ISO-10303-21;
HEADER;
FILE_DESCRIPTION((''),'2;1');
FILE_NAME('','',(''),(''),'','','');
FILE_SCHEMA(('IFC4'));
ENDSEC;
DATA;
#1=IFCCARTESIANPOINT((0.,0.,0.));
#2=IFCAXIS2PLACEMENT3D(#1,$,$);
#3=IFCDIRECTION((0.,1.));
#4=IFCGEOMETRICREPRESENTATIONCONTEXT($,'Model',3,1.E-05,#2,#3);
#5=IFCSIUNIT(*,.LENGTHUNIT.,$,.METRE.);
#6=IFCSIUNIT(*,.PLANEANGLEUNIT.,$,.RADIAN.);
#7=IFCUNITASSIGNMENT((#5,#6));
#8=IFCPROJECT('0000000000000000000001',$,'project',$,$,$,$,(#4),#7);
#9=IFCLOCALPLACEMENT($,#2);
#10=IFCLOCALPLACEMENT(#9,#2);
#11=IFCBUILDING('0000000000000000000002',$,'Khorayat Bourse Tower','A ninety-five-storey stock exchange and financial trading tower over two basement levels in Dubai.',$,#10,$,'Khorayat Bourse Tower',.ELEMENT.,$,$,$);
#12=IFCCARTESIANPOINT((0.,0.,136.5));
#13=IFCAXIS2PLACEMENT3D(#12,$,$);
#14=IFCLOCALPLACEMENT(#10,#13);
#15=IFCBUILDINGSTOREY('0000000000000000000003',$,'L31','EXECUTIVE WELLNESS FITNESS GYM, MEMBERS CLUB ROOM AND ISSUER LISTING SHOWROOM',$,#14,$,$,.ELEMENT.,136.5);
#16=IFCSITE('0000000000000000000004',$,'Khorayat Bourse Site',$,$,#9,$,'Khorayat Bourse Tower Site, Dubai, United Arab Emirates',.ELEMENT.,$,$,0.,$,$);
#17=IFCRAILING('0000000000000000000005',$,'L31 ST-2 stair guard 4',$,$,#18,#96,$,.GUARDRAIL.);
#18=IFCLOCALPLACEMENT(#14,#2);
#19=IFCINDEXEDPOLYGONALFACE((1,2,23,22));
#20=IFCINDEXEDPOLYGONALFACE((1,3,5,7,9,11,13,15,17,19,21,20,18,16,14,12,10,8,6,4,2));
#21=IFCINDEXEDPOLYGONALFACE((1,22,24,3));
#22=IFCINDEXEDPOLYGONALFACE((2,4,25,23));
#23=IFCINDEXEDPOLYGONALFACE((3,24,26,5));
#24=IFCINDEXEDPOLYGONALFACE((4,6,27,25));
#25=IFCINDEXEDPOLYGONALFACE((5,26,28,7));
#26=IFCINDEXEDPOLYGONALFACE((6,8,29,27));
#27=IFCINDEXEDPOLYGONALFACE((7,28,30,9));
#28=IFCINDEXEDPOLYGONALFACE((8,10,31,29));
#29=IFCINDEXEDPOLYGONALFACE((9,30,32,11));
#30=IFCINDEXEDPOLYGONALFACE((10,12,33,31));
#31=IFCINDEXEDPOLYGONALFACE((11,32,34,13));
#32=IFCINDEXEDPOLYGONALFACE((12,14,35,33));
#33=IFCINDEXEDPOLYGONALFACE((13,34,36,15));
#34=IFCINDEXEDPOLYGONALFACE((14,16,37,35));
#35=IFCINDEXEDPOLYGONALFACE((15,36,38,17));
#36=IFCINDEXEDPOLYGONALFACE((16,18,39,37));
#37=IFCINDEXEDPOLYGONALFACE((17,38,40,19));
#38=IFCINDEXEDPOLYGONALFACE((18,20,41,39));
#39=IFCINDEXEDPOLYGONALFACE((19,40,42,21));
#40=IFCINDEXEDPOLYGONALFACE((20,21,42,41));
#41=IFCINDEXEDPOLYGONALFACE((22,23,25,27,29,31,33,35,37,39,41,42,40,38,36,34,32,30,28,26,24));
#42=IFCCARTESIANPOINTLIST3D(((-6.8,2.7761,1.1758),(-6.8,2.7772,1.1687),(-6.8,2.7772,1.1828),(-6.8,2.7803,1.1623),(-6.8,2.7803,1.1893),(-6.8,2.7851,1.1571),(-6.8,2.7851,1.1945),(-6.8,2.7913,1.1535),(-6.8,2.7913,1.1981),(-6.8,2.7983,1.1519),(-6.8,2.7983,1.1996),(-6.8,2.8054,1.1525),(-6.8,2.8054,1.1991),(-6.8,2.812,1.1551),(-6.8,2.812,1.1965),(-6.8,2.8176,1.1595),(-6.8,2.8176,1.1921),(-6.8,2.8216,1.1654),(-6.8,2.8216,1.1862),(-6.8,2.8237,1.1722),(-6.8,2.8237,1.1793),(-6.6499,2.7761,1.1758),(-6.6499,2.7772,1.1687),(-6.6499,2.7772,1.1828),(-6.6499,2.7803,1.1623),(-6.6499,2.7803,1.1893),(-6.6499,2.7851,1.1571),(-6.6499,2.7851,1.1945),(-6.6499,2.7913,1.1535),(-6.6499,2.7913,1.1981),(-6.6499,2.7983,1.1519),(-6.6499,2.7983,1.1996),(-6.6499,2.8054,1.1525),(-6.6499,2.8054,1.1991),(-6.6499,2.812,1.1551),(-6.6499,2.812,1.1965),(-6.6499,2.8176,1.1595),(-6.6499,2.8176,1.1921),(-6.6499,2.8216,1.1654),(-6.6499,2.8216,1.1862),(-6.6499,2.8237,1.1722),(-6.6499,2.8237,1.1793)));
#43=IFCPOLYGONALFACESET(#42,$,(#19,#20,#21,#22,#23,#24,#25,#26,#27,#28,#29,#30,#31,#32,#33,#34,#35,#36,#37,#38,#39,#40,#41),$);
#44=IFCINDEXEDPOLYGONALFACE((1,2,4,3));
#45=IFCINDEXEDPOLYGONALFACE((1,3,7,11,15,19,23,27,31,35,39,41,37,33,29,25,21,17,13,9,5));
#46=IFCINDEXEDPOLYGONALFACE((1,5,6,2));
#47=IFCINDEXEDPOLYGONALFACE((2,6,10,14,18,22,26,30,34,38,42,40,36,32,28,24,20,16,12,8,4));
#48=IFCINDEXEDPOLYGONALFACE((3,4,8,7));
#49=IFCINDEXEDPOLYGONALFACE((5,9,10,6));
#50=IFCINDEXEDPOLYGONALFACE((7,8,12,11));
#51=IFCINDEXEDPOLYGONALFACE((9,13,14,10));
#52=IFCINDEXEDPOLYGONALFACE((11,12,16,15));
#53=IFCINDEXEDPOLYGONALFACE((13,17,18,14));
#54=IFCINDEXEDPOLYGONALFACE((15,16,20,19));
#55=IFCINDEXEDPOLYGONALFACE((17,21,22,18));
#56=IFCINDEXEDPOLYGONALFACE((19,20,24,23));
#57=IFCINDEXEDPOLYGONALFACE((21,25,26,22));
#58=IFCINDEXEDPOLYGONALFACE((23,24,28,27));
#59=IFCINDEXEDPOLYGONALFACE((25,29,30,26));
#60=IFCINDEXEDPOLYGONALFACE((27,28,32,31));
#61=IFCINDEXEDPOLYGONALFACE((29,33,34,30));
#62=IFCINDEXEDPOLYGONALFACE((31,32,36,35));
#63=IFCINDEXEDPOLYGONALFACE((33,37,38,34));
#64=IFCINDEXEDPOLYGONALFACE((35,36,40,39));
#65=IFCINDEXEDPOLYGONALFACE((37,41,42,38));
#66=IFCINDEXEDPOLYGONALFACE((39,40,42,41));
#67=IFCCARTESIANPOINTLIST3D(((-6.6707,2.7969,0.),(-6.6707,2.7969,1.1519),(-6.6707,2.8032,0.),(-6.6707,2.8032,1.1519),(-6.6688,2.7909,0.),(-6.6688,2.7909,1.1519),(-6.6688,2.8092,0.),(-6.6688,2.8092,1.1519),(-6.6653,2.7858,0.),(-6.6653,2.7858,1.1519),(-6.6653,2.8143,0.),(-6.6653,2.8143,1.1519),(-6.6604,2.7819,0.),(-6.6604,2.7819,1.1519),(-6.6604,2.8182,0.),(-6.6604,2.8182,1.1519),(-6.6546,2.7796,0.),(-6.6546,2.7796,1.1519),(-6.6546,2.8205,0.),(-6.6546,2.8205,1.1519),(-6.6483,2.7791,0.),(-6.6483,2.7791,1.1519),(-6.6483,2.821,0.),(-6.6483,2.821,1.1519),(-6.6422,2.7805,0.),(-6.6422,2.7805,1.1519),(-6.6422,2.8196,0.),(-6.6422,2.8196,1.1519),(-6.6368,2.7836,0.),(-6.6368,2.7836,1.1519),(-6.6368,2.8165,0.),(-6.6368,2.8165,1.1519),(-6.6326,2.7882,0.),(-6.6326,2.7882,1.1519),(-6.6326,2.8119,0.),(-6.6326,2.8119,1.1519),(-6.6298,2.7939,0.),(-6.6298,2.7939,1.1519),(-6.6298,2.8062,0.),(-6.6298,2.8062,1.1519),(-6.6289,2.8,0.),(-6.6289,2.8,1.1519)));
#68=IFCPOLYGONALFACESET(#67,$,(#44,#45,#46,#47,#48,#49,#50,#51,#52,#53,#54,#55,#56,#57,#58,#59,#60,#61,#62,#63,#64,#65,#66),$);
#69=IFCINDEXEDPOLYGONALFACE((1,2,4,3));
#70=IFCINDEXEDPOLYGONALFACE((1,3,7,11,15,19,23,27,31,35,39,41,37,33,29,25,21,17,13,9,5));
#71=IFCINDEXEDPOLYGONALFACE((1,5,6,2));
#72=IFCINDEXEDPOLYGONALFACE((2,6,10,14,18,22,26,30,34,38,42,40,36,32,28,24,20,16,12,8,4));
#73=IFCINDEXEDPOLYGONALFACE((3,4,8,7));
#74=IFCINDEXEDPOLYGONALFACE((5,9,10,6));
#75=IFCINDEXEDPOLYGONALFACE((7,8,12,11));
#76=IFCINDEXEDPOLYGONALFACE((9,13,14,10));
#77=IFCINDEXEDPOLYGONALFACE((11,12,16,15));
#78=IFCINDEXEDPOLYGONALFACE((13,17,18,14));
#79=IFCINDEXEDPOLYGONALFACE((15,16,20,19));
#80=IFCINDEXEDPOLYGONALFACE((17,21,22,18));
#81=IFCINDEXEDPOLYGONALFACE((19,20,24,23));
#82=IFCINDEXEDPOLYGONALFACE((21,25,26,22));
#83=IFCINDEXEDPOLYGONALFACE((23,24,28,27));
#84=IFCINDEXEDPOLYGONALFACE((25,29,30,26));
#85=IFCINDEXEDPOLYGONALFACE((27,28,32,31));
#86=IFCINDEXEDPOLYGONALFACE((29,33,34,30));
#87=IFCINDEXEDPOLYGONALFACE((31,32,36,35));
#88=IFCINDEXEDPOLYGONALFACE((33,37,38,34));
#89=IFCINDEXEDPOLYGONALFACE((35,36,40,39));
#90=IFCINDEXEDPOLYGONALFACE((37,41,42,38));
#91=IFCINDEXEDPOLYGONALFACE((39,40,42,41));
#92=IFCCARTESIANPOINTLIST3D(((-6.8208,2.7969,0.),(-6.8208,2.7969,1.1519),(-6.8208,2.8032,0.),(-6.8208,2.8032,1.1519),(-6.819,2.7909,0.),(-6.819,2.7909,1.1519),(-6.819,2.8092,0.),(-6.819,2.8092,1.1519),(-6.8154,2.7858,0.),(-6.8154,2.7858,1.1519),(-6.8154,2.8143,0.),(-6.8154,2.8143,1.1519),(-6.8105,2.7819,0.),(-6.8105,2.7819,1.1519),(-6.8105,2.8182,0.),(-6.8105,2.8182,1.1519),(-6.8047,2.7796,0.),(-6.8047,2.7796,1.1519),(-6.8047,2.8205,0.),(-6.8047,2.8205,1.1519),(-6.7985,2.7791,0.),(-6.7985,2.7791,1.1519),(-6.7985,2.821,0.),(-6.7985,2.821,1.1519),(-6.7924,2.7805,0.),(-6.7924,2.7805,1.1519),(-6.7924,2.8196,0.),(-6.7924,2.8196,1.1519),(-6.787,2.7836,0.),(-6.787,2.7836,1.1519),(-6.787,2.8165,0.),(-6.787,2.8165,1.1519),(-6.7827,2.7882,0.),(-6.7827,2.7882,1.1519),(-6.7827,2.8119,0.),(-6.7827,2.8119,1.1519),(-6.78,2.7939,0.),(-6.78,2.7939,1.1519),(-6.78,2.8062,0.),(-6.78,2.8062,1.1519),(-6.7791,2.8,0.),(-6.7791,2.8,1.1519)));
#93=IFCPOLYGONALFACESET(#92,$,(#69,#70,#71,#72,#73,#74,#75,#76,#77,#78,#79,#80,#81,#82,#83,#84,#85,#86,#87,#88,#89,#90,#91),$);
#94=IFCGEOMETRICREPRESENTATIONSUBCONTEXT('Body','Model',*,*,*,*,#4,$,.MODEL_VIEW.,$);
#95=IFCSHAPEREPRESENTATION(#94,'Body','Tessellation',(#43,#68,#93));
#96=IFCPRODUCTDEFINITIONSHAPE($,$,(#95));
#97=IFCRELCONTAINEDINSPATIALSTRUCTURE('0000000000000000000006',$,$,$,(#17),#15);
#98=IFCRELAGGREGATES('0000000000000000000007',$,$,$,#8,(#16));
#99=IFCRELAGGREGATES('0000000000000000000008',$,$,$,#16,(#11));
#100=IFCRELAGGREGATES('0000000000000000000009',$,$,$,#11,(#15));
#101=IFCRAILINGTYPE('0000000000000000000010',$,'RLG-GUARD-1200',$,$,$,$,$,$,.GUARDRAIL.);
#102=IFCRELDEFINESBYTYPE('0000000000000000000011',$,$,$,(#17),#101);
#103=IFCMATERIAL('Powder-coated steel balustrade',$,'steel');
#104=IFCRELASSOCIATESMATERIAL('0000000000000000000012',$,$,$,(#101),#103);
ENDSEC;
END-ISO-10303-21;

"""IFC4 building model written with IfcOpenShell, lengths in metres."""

from ifc_helpers import new_model, si_unit, direction, frame, origin, origin_2d, place, context, subcontext, project, spatial, circle, extrude, source, transform, mapped, material, type_object, element, save


model = new_model("IFC4")

# Units and contexts
model_context = context("Model", 3, precision=1e-05, world=origin(), true_north=direction((0.0, 1.0)))
body_context = subcontext(model_context, "Body", "Model", "MODEL_VIEW")
ifc_project = project(units=[si_unit("LENGTHUNIT", "METRE"), si_unit("PLANEANGLEUNIT", "RADIAN")], contexts=[model_context])

# Site, building, storey
site_placement = place(None, origin())
site = spatial("IfcSite", under=ifc_project, at=site_placement, Name="Khorayat Bourse Site", LongName="Khorayat Bourse Tower Site, Dubai, United Arab Emirates", CompositionType="ELEMENT", RefElevation=0.0)
building_placement = place(site_placement, origin())
building = spatial("IfcBuilding", under=site, at=building_placement, Name="Khorayat Bourse Tower", Description="A ninety-five-storey stock exchange and financial trading tower over two basement levels in Dubai.", LongName="Khorayat Bourse Tower", CompositionType="ELEMENT")
storey_placement = place(building_placement, frame((0.0, 0.0, 136.5)))
storey = spatial("IfcBuildingStorey", under=building, at=storey_placement, Name="L31", Description="EXECUTIVE WELLNESS FITNESS GYM, MEMBERS CLUB ROOM AND ISSUER LISTING SHOWROOM", CompositionType="ELEMENT", Elevation=136.5)

# Railing
ifc_material_1 = material(Name="Powder-coated steel balustrade", Category="steel")
railing_type_1 = type_object("IfcRailingType", Name="RLG-GUARD-1200", PredefinedType="GUARDRAIL", material=ifc_material_1)
shared_shape_1 = source(origin(), body_context, "Body", "SweptSolid", [
    extrude(circle(Radius=0.0239, at=origin_2d()), frame((0.0, 0.0, 1.1758), z_axis=(-1.0, 0.0, 0.0), x_axis=(0.0, -1.0, 0.0)), (0.0, 0.0, 1.0), 0.1501),
    extrude(circle(Radius=0.021, at=origin_2d()), origin(), (0.0, 0.0, 1.0), 1.1519),
    extrude(circle(Radius=0.021, at=origin_2d()), frame((-0.1501, 0.0, 0.0)), (0.0, 0.0, 1.0), 1.1519),
])
for number, where, name in (
    (1, (-6.6499, 2.8, 0.0), "L31 ST-2 stair guard 4"),
):
    element("IfcRailing", number, at=place(storey_placement, frame(where)), inside=storey, type_object=railing_type_1, Name=name, PredefinedType="GUARDRAIL", context=body_context, shape_type="MappedRepresentation", body=[
        mapped(shared_shape_1, transform((0.0, 0.0, 0.0), scale=1.0)),
    ])

save(model, "model.ifc")
